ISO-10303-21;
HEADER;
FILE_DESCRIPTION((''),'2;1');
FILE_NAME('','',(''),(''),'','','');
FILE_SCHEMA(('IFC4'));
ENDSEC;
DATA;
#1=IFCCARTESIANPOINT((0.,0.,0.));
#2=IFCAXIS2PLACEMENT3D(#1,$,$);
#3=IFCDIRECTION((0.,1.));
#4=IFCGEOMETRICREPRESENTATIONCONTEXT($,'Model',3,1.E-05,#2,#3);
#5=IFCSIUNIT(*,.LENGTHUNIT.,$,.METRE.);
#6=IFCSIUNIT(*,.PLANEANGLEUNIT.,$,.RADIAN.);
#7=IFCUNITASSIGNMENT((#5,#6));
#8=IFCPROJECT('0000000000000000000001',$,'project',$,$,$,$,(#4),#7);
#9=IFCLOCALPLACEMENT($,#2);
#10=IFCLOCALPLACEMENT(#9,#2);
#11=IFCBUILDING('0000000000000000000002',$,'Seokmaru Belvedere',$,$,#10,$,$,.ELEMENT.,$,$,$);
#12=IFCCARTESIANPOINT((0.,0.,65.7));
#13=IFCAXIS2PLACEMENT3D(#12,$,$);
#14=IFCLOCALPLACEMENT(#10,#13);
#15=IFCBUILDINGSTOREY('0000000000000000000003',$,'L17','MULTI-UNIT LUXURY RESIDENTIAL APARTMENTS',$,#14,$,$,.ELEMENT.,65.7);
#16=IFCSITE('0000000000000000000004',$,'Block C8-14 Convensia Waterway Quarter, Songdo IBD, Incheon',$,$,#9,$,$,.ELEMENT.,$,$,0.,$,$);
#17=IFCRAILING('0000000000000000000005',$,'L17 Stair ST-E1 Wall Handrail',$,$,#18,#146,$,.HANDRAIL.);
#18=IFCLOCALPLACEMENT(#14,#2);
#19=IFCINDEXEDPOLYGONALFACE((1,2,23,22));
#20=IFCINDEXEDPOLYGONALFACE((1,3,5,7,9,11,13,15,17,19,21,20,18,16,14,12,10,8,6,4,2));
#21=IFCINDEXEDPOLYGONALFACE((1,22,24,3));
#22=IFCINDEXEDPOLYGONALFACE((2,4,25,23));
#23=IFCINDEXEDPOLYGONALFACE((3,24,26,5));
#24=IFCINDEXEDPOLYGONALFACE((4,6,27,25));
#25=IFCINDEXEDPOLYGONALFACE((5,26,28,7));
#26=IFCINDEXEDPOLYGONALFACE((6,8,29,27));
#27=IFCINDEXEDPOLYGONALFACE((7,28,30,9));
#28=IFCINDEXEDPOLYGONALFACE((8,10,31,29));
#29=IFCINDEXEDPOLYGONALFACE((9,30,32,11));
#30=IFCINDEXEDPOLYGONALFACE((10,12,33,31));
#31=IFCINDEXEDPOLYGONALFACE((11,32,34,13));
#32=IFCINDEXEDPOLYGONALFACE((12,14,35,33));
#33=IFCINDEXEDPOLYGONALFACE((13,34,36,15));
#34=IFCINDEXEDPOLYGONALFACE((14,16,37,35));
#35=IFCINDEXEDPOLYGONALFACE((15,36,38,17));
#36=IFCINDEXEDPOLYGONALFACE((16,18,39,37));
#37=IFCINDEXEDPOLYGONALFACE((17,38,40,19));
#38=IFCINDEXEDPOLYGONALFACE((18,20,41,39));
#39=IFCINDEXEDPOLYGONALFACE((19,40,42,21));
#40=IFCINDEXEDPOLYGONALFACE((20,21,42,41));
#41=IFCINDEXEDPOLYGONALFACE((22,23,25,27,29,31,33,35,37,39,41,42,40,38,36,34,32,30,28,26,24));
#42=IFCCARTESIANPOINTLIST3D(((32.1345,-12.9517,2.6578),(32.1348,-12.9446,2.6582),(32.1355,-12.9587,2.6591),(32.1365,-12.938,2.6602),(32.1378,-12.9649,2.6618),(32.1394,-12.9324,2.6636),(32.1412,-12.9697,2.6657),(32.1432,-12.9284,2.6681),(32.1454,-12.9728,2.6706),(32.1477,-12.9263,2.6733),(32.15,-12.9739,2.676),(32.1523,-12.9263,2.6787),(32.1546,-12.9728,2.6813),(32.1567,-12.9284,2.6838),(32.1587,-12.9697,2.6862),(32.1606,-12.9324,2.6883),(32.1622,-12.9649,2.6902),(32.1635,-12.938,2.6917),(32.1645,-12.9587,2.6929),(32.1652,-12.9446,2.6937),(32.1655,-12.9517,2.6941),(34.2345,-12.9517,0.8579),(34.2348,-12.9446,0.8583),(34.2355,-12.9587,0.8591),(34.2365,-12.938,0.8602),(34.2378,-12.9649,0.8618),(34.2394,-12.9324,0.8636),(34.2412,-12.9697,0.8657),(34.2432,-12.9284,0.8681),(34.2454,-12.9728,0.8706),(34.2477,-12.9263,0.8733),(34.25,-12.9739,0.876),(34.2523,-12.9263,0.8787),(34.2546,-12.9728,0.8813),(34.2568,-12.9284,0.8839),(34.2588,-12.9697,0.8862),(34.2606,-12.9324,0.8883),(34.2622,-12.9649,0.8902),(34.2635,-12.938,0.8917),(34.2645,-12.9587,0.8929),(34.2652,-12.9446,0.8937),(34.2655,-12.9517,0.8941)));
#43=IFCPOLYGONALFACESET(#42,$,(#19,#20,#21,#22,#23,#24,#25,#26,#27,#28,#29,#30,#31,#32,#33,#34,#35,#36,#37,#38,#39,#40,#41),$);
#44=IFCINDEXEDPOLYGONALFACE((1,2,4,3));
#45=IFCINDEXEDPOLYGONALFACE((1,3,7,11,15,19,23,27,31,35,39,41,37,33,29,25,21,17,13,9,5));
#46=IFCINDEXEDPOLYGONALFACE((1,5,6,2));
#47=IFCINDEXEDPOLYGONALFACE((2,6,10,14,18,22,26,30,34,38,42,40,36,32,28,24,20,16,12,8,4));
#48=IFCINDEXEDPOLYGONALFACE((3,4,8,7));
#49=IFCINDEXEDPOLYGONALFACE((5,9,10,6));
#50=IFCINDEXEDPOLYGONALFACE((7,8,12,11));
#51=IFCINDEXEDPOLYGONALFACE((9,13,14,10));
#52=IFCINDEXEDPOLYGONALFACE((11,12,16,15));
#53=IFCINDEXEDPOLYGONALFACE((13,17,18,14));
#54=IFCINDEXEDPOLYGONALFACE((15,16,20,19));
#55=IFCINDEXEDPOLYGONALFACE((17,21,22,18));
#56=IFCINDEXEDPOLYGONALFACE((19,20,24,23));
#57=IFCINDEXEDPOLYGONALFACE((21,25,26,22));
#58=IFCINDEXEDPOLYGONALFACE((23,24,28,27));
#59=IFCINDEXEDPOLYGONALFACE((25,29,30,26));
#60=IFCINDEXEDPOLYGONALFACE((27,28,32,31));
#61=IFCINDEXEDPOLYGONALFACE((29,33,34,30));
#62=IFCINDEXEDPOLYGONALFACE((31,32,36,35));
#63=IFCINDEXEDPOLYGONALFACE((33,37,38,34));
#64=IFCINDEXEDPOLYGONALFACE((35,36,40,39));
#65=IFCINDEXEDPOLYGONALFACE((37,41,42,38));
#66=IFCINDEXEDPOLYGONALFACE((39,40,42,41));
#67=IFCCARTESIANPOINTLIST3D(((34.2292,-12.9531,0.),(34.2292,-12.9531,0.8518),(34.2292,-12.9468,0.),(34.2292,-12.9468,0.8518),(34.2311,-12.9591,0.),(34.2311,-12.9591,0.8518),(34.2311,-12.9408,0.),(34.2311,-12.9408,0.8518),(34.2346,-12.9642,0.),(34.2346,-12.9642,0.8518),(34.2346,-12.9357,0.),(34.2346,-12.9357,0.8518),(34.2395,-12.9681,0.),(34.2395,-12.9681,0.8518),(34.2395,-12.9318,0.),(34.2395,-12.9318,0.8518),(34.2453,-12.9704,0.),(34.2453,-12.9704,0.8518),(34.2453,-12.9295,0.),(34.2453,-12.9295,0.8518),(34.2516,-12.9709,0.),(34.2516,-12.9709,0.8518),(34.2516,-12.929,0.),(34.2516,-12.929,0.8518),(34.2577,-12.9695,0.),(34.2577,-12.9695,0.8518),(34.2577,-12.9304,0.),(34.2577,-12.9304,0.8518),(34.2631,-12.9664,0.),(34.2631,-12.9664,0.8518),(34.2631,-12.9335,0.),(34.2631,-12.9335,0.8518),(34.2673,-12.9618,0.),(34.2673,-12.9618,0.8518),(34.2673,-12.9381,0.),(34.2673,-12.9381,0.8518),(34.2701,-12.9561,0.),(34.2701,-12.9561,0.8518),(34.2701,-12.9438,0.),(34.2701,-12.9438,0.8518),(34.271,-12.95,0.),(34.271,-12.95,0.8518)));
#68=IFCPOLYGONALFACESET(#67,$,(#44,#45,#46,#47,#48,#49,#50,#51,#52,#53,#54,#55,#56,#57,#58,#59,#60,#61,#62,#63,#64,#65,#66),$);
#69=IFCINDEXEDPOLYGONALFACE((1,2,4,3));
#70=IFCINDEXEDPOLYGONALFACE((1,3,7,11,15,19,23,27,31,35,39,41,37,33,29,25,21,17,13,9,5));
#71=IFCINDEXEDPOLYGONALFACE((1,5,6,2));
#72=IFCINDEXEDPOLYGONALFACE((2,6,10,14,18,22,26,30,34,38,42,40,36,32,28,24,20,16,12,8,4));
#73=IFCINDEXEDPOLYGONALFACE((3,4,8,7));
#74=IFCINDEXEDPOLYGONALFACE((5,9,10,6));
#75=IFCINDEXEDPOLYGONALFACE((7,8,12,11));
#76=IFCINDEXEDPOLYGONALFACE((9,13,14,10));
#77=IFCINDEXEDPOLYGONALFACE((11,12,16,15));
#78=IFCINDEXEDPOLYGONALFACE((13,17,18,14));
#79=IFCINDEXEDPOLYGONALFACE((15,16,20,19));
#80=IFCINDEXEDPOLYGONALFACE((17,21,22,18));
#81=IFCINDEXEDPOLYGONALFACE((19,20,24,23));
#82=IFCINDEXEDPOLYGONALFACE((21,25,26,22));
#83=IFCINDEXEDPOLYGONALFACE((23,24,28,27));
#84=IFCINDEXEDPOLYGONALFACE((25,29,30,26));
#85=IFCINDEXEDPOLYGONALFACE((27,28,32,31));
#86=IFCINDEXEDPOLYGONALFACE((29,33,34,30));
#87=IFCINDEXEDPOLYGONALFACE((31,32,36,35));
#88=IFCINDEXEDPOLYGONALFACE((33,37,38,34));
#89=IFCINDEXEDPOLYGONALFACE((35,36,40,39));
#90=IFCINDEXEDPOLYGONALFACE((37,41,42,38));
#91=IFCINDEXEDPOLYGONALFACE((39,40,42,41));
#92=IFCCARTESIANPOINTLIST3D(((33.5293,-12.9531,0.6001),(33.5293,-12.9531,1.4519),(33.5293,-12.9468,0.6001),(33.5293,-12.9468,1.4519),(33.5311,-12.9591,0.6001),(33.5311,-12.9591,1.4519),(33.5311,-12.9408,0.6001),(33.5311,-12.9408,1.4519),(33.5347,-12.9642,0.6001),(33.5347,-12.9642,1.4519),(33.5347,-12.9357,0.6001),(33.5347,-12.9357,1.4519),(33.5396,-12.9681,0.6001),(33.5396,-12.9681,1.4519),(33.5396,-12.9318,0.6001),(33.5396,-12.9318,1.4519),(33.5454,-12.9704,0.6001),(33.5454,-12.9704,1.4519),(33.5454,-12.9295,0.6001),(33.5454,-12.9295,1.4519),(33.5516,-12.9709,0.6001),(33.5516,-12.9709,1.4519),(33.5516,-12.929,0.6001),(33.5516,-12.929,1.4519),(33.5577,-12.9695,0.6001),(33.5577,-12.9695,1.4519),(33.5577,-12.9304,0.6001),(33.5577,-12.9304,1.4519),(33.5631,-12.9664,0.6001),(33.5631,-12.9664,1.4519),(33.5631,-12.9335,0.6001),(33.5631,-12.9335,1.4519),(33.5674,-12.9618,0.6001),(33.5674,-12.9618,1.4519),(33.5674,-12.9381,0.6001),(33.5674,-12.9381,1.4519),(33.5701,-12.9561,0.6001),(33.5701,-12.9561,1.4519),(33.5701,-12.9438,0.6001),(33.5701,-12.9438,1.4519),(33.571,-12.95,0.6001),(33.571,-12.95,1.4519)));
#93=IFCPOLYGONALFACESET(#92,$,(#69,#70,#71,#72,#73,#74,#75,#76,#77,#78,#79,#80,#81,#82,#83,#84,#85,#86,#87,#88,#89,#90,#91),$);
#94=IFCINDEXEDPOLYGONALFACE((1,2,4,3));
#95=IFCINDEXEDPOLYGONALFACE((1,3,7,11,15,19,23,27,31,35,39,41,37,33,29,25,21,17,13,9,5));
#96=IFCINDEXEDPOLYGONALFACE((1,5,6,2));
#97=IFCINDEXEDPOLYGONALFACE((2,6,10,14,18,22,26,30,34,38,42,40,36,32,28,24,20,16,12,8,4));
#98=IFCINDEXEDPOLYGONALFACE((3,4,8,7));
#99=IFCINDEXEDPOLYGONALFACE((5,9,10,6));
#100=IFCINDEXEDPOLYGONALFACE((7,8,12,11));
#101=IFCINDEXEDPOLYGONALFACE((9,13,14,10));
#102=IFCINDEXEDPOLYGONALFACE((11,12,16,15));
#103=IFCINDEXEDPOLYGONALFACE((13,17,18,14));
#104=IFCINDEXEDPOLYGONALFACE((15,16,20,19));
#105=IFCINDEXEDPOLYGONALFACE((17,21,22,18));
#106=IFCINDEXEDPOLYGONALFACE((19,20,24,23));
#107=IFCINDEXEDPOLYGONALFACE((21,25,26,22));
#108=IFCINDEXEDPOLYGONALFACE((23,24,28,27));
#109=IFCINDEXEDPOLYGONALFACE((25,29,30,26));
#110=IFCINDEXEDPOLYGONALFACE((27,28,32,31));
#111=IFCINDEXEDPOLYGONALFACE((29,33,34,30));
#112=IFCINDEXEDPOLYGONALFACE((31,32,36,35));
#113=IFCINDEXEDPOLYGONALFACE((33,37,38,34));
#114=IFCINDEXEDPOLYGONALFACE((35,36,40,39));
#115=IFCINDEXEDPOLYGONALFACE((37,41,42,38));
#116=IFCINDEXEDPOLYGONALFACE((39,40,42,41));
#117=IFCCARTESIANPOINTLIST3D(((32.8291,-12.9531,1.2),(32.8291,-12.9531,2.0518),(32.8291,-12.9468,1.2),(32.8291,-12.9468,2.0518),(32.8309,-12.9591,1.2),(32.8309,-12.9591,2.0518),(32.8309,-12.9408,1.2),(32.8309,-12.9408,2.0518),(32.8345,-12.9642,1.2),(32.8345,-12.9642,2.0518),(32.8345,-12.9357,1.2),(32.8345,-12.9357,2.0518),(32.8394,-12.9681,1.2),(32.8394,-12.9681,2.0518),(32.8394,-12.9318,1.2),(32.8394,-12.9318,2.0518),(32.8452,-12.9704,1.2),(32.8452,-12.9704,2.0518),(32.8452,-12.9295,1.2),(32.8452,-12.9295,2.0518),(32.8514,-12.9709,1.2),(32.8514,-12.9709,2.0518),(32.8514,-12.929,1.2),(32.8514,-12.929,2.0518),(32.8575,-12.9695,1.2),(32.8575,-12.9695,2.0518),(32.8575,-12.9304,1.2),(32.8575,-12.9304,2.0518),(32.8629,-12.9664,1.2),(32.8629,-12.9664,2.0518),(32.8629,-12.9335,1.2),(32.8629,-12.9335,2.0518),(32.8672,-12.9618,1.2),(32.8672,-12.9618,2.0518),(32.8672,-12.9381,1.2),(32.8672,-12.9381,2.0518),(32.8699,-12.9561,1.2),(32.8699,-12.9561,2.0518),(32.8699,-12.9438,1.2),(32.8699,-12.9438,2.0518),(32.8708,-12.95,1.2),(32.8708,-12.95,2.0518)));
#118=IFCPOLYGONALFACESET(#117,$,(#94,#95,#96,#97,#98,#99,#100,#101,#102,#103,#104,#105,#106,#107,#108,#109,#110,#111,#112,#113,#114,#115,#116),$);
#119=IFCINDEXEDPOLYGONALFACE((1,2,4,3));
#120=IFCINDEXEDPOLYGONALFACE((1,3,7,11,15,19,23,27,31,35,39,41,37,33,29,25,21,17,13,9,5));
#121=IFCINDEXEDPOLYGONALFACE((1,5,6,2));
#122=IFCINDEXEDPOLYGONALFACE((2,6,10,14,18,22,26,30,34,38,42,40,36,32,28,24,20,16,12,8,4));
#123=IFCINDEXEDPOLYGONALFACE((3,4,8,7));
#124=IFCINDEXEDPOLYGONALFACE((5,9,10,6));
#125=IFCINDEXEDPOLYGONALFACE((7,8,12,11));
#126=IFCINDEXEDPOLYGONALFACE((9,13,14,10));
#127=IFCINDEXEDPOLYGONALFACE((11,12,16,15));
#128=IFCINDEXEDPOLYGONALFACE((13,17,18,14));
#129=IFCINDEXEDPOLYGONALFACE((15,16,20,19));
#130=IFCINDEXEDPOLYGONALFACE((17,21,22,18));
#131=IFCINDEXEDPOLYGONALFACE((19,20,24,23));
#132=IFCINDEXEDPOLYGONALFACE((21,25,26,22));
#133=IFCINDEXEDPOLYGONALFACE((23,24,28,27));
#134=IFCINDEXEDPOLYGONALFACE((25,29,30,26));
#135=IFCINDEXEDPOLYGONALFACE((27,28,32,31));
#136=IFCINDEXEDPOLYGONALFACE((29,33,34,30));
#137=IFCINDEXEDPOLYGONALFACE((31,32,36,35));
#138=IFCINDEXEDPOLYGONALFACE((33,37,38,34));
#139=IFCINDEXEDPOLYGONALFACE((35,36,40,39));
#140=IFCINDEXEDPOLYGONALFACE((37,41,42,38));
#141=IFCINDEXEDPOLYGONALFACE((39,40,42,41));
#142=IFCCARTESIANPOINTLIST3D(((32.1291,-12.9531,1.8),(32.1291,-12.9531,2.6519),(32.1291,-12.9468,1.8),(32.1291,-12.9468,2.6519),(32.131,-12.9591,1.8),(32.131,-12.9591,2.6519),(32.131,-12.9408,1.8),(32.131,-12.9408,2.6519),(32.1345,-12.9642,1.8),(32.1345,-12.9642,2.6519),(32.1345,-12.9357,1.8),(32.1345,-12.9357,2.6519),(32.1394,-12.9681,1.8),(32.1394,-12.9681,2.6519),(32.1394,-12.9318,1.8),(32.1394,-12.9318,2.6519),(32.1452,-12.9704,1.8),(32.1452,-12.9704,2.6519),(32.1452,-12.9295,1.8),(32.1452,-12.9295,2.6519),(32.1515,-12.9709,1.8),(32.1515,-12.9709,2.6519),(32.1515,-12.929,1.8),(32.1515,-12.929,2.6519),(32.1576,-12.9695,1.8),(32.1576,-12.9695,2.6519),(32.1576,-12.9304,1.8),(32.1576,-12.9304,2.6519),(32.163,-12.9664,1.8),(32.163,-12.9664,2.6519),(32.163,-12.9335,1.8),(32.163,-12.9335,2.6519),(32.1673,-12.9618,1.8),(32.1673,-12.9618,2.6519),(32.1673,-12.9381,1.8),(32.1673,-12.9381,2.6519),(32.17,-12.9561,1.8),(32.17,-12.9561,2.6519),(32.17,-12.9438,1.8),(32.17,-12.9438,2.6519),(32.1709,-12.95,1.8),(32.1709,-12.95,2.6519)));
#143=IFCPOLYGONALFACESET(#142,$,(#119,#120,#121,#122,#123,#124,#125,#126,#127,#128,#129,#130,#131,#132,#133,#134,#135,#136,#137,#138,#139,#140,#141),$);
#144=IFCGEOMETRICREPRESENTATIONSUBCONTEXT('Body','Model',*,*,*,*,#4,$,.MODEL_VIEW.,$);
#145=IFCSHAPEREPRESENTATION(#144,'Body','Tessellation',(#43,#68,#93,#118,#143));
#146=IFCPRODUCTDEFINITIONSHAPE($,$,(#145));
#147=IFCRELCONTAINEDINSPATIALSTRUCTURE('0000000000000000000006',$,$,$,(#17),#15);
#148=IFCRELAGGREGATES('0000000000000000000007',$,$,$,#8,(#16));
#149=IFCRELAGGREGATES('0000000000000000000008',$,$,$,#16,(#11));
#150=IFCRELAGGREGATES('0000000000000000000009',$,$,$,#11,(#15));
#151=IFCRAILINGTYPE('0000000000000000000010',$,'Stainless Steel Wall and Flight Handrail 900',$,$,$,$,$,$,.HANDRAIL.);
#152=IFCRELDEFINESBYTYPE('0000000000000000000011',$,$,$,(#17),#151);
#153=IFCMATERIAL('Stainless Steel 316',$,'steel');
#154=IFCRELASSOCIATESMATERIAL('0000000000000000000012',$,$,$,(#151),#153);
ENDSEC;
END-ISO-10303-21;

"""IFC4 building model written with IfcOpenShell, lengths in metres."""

from ifc_helpers import new_model, si_unit, direction, frame, origin, origin_2d, place, context, subcontext, project, spatial, circle, extrude, material, type_object, element, save


model = new_model("IFC4")

# Units and contexts
model_context = context("Model", 3, precision=1e-05, world=origin(), true_north=direction((0.0, 1.0)))
body_context = subcontext(model_context, "Body", "Model", "MODEL_VIEW")
ifc_project = project(units=[si_unit("LENGTHUNIT", "METRE"), si_unit("PLANEANGLEUNIT", "RADIAN")], contexts=[model_context])

# Site, building, storey
site_placement = place(None, origin())
site = spatial("IfcSite", under=ifc_project, at=site_placement, Name="Block C8-14 Convensia Waterway Quarter, Songdo IBD, Incheon", CompositionType="ELEMENT", RefElevation=0.0)
building_placement = place(site_placement, origin())
building = spatial("IfcBuilding", under=site, at=building_placement, Name="Seokmaru Belvedere", CompositionType="ELEMENT")
storey_placement = place(building_placement, frame((0.0, 0.0, 65.7)))
storey = spatial("IfcBuildingStorey", under=building, at=storey_placement, Name="L17", Description="MULTI-UNIT LUXURY RESIDENTIAL APARTMENTS", CompositionType="ELEMENT", Elevation=65.7)

# Shared definitions
ifc_material_1 = material(Name="Stainless Steel 316", Category="steel")

# Railing
railing_type_1 = type_object("IfcRailingType", Name="Stainless Steel Wall and Flight Handrail 900", PredefinedType="HANDRAIL", material=ifc_material_1)
railing_1_placement = place(storey_placement, frame((34.25, -12.95, 0.0)))
element("IfcRailing", 1, at=railing_1_placement, inside=storey, type_object=railing_type_1, Name="L17 Stair ST-E1 Wall Handrail", PredefinedType="HANDRAIL", context=body_context, shape_type="SweptSolid", body=[
    extrude(circle(Radius=0.0239, at=origin_2d()), frame((0.0, 0.0, 0.876), z_axis=(-0.759263, 0.0, 0.650784), x_axis=(0.0, -1.0, 0.0)), (0.0, 0.0, 1.0), 2.7659),
    extrude(circle(Radius=0.021, at=origin_2d()), origin(), (0.0, 0.0, 1.0), 0.8518),
    extrude(circle(Radius=0.021, at=origin_2d()), frame((-0.7, 0.0, 0.6001)), (0.0, 0.0, 1.0), 0.8518),
    extrude(circle(Radius=0.021, at=origin_2d()), frame((-1.4001, 0.0, 1.2)), (0.0, 0.0, 1.0), 0.8518),
    extrude(circle(Radius=0.021, at=origin_2d()), frame((-2.1001, 0.0, 1.8)), (0.0, 0.0, 1.0), 0.8518),
])

save(model, "model.ifc")
